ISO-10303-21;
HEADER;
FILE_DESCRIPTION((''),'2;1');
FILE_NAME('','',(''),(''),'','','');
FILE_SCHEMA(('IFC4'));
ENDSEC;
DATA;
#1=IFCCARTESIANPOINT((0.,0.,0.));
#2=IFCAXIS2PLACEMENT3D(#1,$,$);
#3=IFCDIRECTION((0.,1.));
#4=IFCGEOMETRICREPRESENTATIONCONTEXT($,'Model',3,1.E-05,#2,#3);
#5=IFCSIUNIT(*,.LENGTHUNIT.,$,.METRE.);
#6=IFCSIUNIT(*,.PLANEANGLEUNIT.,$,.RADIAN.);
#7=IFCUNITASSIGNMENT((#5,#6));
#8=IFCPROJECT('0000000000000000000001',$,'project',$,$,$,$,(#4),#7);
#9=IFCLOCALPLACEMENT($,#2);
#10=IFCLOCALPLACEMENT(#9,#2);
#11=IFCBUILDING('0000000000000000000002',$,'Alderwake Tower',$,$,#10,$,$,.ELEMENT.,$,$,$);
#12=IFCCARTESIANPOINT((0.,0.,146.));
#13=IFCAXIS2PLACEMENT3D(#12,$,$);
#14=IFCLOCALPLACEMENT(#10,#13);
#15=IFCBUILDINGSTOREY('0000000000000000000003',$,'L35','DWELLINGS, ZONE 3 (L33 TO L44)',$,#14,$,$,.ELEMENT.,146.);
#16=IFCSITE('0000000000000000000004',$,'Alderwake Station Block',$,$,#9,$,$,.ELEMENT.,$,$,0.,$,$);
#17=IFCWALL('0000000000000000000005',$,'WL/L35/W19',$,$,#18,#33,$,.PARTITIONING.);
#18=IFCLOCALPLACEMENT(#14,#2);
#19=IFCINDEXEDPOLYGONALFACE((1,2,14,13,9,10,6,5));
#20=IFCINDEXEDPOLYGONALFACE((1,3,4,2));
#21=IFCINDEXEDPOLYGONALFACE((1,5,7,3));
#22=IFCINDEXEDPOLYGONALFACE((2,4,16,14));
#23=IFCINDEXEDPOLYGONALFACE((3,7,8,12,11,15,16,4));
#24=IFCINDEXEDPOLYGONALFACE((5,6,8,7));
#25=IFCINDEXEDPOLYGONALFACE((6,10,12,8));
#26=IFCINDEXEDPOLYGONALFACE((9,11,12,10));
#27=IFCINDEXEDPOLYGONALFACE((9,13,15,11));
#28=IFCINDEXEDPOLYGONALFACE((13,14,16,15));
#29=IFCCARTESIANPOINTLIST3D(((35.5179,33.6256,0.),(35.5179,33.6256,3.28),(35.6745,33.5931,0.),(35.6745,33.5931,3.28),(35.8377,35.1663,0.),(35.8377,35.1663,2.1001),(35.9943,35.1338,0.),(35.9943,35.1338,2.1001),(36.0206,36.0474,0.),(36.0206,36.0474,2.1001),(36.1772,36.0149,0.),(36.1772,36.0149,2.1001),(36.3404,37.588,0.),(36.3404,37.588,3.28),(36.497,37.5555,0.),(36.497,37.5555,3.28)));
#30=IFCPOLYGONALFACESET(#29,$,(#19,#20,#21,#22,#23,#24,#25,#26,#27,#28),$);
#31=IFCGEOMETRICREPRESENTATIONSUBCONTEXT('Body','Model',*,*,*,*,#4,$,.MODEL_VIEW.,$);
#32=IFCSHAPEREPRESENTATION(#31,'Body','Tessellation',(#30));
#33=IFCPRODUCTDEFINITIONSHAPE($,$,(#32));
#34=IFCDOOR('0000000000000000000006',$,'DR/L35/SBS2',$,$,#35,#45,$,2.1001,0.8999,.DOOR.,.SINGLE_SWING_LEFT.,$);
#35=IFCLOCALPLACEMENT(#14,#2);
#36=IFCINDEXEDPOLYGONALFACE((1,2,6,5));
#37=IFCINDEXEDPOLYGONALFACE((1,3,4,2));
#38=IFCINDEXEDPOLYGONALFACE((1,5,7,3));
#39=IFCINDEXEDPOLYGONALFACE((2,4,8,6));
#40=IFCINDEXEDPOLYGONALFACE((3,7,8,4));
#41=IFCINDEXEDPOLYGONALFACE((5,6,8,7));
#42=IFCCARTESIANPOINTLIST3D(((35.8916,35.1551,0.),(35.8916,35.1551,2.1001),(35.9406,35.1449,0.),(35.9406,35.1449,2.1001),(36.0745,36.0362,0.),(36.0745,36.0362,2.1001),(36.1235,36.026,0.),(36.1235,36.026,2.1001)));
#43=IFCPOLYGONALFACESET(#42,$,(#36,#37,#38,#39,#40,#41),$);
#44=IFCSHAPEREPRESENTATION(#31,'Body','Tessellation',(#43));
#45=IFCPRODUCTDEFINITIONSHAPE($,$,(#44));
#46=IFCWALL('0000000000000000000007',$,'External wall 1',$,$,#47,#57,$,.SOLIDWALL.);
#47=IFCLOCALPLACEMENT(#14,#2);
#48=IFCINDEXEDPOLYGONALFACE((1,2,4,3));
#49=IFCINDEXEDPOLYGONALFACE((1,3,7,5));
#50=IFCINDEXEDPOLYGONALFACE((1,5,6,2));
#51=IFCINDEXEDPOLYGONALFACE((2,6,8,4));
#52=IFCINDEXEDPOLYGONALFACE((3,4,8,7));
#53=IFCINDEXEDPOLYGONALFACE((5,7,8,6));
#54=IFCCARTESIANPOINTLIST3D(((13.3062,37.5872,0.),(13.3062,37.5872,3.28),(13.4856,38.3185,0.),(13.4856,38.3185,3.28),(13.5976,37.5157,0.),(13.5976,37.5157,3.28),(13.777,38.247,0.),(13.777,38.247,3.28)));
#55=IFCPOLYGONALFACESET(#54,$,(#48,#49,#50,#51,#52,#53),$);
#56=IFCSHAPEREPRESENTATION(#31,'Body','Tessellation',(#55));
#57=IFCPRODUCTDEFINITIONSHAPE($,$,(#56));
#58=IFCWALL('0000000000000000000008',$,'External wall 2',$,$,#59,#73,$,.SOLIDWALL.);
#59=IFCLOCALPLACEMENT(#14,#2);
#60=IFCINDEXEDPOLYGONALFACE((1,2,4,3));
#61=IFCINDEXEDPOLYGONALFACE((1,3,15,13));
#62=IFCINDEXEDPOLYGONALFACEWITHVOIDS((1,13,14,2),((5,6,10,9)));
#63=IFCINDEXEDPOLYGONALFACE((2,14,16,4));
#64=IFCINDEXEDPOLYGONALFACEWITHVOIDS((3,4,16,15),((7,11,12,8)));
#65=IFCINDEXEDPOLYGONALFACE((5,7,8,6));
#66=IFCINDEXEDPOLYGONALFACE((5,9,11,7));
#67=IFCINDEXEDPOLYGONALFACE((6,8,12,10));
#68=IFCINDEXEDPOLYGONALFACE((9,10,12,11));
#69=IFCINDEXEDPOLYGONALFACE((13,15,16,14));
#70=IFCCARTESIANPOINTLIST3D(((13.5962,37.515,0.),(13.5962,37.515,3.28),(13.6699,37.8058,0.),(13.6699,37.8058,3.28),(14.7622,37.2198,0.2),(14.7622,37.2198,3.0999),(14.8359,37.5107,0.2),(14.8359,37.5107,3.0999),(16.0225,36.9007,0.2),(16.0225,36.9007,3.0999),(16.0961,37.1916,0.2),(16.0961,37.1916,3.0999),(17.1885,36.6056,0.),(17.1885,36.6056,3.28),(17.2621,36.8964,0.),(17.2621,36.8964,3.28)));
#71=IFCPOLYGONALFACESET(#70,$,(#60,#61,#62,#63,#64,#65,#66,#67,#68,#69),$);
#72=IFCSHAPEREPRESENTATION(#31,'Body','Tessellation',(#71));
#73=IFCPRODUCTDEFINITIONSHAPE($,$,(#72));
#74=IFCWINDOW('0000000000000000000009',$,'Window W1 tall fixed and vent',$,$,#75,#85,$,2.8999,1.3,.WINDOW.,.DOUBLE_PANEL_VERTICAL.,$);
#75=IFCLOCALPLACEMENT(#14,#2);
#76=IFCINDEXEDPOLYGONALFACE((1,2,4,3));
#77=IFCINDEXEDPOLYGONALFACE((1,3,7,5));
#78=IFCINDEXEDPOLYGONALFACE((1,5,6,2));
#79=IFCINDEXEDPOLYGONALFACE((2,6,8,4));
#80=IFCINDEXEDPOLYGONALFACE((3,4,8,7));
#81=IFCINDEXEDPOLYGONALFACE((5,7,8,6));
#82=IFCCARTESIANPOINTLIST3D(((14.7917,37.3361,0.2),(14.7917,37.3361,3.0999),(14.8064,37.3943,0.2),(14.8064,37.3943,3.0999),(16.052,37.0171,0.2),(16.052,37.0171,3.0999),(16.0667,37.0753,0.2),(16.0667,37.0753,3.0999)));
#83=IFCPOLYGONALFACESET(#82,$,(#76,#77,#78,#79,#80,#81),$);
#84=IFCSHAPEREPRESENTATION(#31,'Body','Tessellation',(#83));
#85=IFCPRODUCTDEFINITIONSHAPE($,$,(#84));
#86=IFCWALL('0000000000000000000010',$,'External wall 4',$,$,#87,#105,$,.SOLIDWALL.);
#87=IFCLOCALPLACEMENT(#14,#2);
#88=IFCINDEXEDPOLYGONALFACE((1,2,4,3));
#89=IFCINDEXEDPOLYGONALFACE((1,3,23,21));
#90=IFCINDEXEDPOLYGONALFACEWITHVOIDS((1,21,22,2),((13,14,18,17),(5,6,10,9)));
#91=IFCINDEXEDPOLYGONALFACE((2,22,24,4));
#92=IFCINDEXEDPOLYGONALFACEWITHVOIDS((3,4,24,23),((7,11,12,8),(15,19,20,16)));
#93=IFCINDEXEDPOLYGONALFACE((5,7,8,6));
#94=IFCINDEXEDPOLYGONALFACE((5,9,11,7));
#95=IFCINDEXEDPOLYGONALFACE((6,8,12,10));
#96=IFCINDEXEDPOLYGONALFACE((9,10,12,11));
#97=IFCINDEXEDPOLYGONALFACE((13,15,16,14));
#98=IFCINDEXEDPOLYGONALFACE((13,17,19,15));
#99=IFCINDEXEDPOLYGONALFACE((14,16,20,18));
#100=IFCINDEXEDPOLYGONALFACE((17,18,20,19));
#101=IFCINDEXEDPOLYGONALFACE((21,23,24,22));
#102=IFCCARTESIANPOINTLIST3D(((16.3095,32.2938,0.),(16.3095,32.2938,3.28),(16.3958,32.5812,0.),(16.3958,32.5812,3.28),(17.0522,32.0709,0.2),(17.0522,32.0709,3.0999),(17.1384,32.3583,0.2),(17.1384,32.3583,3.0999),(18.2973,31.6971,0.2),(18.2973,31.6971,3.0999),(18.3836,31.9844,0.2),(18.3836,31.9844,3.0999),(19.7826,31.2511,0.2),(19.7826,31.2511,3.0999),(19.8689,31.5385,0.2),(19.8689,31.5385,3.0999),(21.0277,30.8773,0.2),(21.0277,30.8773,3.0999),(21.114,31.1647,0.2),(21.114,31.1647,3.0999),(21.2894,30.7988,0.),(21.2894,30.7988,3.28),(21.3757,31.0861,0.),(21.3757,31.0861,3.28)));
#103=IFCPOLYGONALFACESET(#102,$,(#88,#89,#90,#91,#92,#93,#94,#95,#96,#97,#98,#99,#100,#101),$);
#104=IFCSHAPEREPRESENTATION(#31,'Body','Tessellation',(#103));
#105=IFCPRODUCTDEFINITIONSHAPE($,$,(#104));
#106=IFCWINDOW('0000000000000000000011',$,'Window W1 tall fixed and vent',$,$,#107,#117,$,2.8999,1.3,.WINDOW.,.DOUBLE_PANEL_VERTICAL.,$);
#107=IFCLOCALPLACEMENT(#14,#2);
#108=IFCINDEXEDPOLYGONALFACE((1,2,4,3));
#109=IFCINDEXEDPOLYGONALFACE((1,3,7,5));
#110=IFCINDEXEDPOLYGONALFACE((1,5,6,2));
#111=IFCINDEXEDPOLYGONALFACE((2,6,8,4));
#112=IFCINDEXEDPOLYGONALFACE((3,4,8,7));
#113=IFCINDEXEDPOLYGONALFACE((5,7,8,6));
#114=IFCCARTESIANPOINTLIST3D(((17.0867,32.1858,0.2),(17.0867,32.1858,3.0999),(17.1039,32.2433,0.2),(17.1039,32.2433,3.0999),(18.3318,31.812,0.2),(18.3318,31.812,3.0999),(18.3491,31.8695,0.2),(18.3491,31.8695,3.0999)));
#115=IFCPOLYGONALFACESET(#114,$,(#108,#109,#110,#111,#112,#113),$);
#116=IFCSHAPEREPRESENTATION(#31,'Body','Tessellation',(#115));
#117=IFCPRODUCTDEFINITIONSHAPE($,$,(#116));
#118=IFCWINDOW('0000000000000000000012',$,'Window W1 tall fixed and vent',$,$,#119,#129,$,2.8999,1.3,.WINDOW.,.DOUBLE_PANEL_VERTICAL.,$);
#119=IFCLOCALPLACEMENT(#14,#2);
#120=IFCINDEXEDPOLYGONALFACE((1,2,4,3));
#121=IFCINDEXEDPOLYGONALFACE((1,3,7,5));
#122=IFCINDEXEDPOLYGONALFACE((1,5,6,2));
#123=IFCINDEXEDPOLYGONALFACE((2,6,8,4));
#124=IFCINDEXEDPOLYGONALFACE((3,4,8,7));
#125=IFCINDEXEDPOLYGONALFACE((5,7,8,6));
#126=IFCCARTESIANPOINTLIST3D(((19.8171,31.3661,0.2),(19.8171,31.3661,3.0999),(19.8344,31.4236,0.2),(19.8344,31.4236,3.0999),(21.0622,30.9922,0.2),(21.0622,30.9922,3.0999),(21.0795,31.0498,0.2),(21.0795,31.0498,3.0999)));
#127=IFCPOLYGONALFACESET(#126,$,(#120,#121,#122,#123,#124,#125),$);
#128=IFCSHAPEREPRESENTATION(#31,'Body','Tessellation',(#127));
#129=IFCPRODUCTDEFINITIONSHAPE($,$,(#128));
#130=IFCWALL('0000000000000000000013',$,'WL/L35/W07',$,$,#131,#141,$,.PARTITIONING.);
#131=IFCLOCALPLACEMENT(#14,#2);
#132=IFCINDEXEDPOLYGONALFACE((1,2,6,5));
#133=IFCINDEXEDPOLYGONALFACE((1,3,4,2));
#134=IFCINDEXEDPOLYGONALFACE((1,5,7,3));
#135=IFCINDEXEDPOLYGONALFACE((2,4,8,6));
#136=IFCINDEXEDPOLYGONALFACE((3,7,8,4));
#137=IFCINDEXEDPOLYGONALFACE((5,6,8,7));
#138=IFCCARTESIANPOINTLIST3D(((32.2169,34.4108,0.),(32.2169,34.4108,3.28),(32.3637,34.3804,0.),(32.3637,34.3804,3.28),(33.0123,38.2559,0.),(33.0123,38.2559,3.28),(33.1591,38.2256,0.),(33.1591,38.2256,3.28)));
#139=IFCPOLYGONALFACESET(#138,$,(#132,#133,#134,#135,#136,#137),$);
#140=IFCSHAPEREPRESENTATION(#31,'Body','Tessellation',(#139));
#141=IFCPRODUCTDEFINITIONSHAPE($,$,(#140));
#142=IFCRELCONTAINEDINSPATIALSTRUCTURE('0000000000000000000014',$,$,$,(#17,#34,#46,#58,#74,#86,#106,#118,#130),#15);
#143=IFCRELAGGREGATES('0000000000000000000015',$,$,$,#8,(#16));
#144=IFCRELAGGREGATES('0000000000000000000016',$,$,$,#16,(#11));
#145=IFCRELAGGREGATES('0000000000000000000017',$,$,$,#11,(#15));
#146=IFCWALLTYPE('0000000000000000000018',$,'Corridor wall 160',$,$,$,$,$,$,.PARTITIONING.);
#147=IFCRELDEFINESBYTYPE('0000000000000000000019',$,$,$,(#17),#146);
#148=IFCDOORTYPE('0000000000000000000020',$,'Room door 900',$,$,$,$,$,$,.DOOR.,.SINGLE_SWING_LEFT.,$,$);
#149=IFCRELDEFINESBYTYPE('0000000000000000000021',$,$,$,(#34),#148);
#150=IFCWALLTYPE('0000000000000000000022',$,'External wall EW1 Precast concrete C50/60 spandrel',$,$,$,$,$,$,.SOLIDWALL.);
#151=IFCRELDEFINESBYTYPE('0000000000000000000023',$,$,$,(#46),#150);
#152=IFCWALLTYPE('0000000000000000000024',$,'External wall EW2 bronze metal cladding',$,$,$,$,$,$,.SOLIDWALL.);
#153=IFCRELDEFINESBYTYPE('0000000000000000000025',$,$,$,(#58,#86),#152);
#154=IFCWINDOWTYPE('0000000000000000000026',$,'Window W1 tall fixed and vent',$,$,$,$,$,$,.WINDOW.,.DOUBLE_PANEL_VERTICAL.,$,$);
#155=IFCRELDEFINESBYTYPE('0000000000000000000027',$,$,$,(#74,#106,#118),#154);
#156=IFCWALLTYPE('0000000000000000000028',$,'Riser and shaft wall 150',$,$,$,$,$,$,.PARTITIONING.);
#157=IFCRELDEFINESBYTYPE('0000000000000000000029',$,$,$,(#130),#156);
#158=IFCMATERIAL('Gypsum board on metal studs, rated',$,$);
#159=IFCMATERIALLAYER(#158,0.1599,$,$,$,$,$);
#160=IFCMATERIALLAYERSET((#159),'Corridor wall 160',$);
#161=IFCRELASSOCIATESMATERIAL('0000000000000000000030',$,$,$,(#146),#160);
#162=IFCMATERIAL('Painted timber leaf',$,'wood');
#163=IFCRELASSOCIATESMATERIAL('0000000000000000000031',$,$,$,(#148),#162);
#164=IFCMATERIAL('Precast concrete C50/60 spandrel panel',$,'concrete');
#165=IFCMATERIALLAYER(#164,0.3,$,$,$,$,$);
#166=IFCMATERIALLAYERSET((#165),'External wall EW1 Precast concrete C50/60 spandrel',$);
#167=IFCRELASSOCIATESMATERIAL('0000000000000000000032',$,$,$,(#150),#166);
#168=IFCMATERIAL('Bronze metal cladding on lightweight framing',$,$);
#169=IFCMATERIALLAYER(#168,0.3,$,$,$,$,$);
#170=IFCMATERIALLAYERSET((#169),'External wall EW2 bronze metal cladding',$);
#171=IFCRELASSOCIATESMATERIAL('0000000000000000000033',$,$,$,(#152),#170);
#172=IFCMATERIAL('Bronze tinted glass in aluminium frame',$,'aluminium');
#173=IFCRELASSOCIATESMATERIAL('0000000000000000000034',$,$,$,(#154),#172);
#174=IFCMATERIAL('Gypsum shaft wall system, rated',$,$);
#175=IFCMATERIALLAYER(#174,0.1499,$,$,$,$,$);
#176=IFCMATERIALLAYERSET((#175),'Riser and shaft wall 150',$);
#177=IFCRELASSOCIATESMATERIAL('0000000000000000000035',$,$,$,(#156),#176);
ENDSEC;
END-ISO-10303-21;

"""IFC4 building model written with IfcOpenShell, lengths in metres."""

from ifc_helpers import new_model, si_unit, direction, frame, frame_2d, origin, place, context, subcontext, project, spatial, rectangle, extrude, material, layer, layer_set, type_object, element, fill, save


model = new_model("IFC4")

# Units and contexts
model_context = context("Model", 3, precision=1e-05, world=origin(), true_north=direction((0.0, 1.0)))
body_context = subcontext(model_context, "Body", "Model", "MODEL_VIEW")
ifc_project = project(units=[si_unit("LENGTHUNIT", "METRE"), si_unit("PLANEANGLEUNIT", "RADIAN")], contexts=[model_context])

# Site, building, storey
site_placement = place(None, origin())
site = spatial("IfcSite", under=ifc_project, at=site_placement, Name="Alderwake Station Block", CompositionType="ELEMENT", RefElevation=0.0)
building_placement = place(site_placement, origin())
building = spatial("IfcBuilding", under=site, at=building_placement, Name="Alderwake Tower", CompositionType="ELEMENT")
storey_placement = place(building_placement, frame((0.0, 0.0, 146.0)))
storey = spatial("IfcBuildingStorey", under=building, at=storey_placement, Name="L35", Description="DWELLINGS, ZONE 3 (L33 TO L44)", CompositionType="ELEMENT", Elevation=146.0)

# Shared definitions
ifc_material_1 = material(Name="Gypsum board on metal studs, rated")
ifc_layer_1 = layer(ifc_material_1, 0.1599)
ifc_layer_set_1 = layer_set([ifc_layer_1], Name="Corridor wall 160")
wall_type_1 = type_object("IfcWallType", Name="Corridor wall 160", PredefinedType="PARTITIONING", material=ifc_layer_set_1)

# Wall, opening, door
ifc_material_2 = material(Name="Painted timber leaf", Category="wood")
door_type_1 = type_object("IfcDoorType", Name="Room door 900", OperationType="SINGLE_SWING_LEFT", PredefinedType="DOOR", material=ifc_material_2)
wall_1_placement = place(storey_placement, frame((35.5962, 33.6094, 0.0), z_axis=(0.0, 0.0, 1.0), x_axis=(0.203246, 0.979128, 0.0)))
wall_1 = element("IfcWall", 1, at=wall_1_placement, inside=storey, type_object=wall_type_1, Name="WL/L35/W19", PredefinedType="PARTITIONING", context=body_context, shape_type="SweptSolid", body=[
    extrude(rectangle(XDim=4.0469, YDim=0.1599, at=frame_2d((2.0234, 0.0))), origin(), (0.0, 0.0, 1.0), 3.28),
])
opening_1_placement = place(wall_1_placement, frame((1.5735, 0.0, 0.0)))
opening_1 = element("IfcOpeningElement", 2, at=opening_1_placement, cuts=wall_1, PredefinedType="OPENING", context=body_context, shape_type="SweptSolid", body=[
    extrude(rectangle(XDim=0.8999, YDim=2.1001, at=frame_2d((0.45, 1.05))), frame((0.0, 0.0898, 0.0), z_axis=(0.0, -1.0, 0.0), x_axis=(1.0, 0.0, 0.0)), (0.0, 0.0, 1.0), 0.1799),
])
door_1_placement = place(opening_1_placement, origin())
door_1 = element("IfcDoor", 3, at=door_1_placement, inside=storey, type_object=door_type_1, Name="DR/L35/SBS2", OperationType="SINGLE_SWING_LEFT", OverallHeight=2.1001, OverallWidth=0.8999, PredefinedType="DOOR", context=body_context, shape_type="SweptSolid", body=[
    extrude(rectangle(XDim=0.8999, YDim=2.1001, at=frame_2d((0.45, 1.05))), frame((0.0, 0.0249, 0.0), z_axis=(0.0, -1.0, 0.0), x_axis=(1.0, 0.0, 0.0)), (0.0, 0.0, 1.0), 0.05),
])
fill(opening_1, door_1)

# Wall
ifc_material_3 = material(Name="Precast concrete C50/60 spandrel panel", Category="concrete")
ifc_layer_2 = layer(ifc_material_3, 0.3)
ifc_layer_set_2 = layer_set([ifc_layer_2], Name="External wall EW1 Precast concrete C50/60 spandrel")
wall_type_2 = type_object("IfcWallType", Name="External wall EW1 Precast concrete C50/60 spandrel", PredefinedType="SOLIDWALL", material=ifc_layer_set_2)
wall_2_placement = place(storey_placement, frame((13.6313, 38.2827, 0.0), z_axis=(0.0, 0.0, 1.0), x_axis=(-0.238337, -0.971183, 0.0)))
element("IfcWall", 4, at=wall_2_placement, inside=storey, type_object=wall_type_2, Name="External wall 1", PredefinedType="SOLIDWALL", context=body_context, shape_type="SweptSolid", body=[
    extrude(rectangle(XDim=0.7529, YDim=0.3, at=frame_2d((0.3765, 0.0))), origin(), (0.0, 0.0, 1.0), 3.28),
])

# Wall, opening, window
ifc_material_4 = material(Name="Bronze metal cladding on lightweight framing")
ifc_layer_3 = layer(ifc_material_4, 0.3)
ifc_layer_set_3 = layer_set([ifc_layer_3], Name="External wall EW2 bronze metal cladding")
wall_type_3 = type_object("IfcWallType", Name="External wall EW2 bronze metal cladding", PredefinedType="SOLIDWALL", material=ifc_layer_set_3)
wall_3_placement = place(storey_placement, frame((13.6331, 37.6604, 0.0), z_axis=(0.0, 0.0, 1.0), x_axis=(0.969417, -0.245418, 0.0)))
wall_3 = element("IfcWall", 5, at=wall_3_placement, inside=storey, type_object=wall_type_3, Name="External wall 2", PredefinedType="SOLIDWALL", context=body_context, shape_type="SweptSolid", body=[
    extrude(rectangle(XDim=3.7056, YDim=0.3, at=frame_2d((1.8528, 0.0))), origin(), (0.0, 0.0, 1.0), 3.28),
])
opening_2_placement = place(wall_3_placement, frame((1.2029, 0.0, 0.2)))
opening_2 = element("IfcOpeningElement", 6, at=opening_2_placement, cuts=wall_3, PredefinedType="OPENING", context=body_context, shape_type="SweptSolid", body=[
    extrude(rectangle(XDim=1.3, YDim=2.8999, at=frame_2d((0.6499, 1.45))), frame((0.0, 0.1599, 0.0), z_axis=(0.0, -1.0, 0.0), x_axis=(1.0, 0.0, 0.0)), (0.0, 0.0, 1.0), 0.3201),
])
ifc_material_5 = material(Name="Bronze tinted glass in aluminium frame", Category="aluminium")
window_type = type_object("IfcWindowType", Name="Window W1 tall fixed and vent", PartitioningType="DOUBLE_PANEL_VERTICAL", PredefinedType="WINDOW", material=ifc_material_5)
window_1_placement = place(opening_2_placement, origin())
window_1 = element("IfcWindow", 7, at=window_1_placement, inside=storey, type_object=window_type, Name="Window W1 tall fixed and vent", OverallHeight=2.8999, OverallWidth=1.3, PartitioningType="DOUBLE_PANEL_VERTICAL", PredefinedType="WINDOW", context=body_context, shape_type="SweptSolid", body=[
    extrude(rectangle(XDim=1.3, YDim=2.8999, at=frame_2d((0.6499, 1.45))), frame((0.0, 0.03, 0.0), z_axis=(0.0, -1.0, 0.0), x_axis=(1.0, 0.0, 0.0)), (0.0, 0.0, 1.0), 0.0601),
])
fill(opening_2, window_1)

# Wall, openings, windows
wall_4_placement = place(storey_placement, frame((16.3528, 32.4375, 0.0), z_axis=(0.0, 0.0, 1.0), x_axis=(0.957767, -0.287546, 0.0)))
wall_4 = element("IfcWall", 8, at=wall_4_placement, inside=storey, type_object=wall_type_3, Name="External wall 4", PredefinedType="SOLIDWALL", context=body_context, shape_type="SweptSolid", body=[
    extrude(rectangle(XDim=5.1995, YDim=0.3, at=frame_2d((2.5996, 0.0))), origin(), (0.0, 0.0, 1.0), 3.28),
])
opening_3_placement = place(wall_4_placement, frame((0.7754, 0.0, 0.2)))
opening_3 = element("IfcOpeningElement", 9, at=opening_3_placement, cuts=wall_4, PredefinedType="OPENING", context=body_context, shape_type="SweptSolid", body=[
    extrude(rectangle(XDim=1.3, YDim=2.8999, at=frame_2d((0.6499, 1.45))), frame((0.0, 0.1599, 0.0), z_axis=(0.0, -1.0, 0.0), x_axis=(1.0, 0.0, 0.0)), (0.0, 0.0, 1.0), 0.3201),
])
opening_4_placement = place(wall_4_placement, frame((3.6262, 0.0, 0.2)))
opening_4 = element("IfcOpeningElement", 10, at=opening_4_placement, cuts=wall_4, PredefinedType="OPENING", context=body_context, shape_type="SweptSolid", body=[
    extrude(rectangle(XDim=1.3, YDim=2.8999, at=frame_2d((0.6499, 1.45))), frame((0.0, 0.1599, 0.0), z_axis=(0.0, -1.0, 0.0), x_axis=(1.0, 0.0, 0.0)), (0.0, 0.0, 1.0), 0.3201),
])
window_2_placement = place(opening_3_placement, origin())
window_2 = element("IfcWindow", 11, at=window_2_placement, inside=storey, type_object=window_type, Name="Window W1 tall fixed and vent", OverallHeight=2.8999, OverallWidth=1.3, PartitioningType="DOUBLE_PANEL_VERTICAL", PredefinedType="WINDOW", context=body_context, shape_type="SweptSolid", body=[
    extrude(rectangle(XDim=1.3, YDim=2.8999, at=frame_2d((0.6499, 1.45))), frame((0.0, 0.03, 0.0), z_axis=(0.0, -1.0, 0.0), x_axis=(1.0, 0.0, 0.0)), (0.0, 0.0, 1.0), 0.0601),
])
fill(opening_3, window_2)
window_3_placement = place(opening_4_placement, origin())
window_3 = element("IfcWindow", 12, at=window_3_placement, inside=storey, type_object=window_type, Name="Window W1 tall fixed and vent", OverallHeight=2.8999, OverallWidth=1.3, PartitioningType="DOUBLE_PANEL_VERTICAL", PredefinedType="WINDOW", context=body_context, shape_type="SweptSolid", body=[
    extrude(rectangle(XDim=1.3, YDim=2.8999, at=frame_2d((0.6499, 1.45))), frame((0.0, 0.03, 0.0), z_axis=(0.0, -1.0, 0.0), x_axis=(1.0, 0.0, 0.0)), (0.0, 0.0, 1.0), 0.0601),
])
fill(opening_4, window_3)

# Wall
ifc_material_6 = material(Name="Gypsum shaft wall system, rated")
ifc_layer_4 = layer(ifc_material_6, 0.1499)
ifc_layer_set_4 = layer_set([ifc_layer_4], Name="Riser and shaft wall 150")
wall_type_4 = type_object("IfcWallType", Name="Riser and shaft wall 150", PredefinedType="PARTITIONING", material=ifc_layer_set_4)
wall_5_placement = place(storey_placement, frame((32.2903, 34.3955, 0.0), z_axis=(0.0, 0.0, 1.0), x_axis=(0.202569, 0.979268, 0.0)))
element("IfcWall", 13, at=wall_5_placement, inside=storey, type_object=wall_type_4, Name="WL/L35/W07", PredefinedType="PARTITIONING", context=body_context, shape_type="SweptSolid", body=[
    extrude(rectangle(XDim=3.9265, YDim=0.1499, at=frame_2d((1.9634, 0.0))), origin(), (0.0, 0.0, 1.0), 3.28),
])

save(model, "model.ifc")
